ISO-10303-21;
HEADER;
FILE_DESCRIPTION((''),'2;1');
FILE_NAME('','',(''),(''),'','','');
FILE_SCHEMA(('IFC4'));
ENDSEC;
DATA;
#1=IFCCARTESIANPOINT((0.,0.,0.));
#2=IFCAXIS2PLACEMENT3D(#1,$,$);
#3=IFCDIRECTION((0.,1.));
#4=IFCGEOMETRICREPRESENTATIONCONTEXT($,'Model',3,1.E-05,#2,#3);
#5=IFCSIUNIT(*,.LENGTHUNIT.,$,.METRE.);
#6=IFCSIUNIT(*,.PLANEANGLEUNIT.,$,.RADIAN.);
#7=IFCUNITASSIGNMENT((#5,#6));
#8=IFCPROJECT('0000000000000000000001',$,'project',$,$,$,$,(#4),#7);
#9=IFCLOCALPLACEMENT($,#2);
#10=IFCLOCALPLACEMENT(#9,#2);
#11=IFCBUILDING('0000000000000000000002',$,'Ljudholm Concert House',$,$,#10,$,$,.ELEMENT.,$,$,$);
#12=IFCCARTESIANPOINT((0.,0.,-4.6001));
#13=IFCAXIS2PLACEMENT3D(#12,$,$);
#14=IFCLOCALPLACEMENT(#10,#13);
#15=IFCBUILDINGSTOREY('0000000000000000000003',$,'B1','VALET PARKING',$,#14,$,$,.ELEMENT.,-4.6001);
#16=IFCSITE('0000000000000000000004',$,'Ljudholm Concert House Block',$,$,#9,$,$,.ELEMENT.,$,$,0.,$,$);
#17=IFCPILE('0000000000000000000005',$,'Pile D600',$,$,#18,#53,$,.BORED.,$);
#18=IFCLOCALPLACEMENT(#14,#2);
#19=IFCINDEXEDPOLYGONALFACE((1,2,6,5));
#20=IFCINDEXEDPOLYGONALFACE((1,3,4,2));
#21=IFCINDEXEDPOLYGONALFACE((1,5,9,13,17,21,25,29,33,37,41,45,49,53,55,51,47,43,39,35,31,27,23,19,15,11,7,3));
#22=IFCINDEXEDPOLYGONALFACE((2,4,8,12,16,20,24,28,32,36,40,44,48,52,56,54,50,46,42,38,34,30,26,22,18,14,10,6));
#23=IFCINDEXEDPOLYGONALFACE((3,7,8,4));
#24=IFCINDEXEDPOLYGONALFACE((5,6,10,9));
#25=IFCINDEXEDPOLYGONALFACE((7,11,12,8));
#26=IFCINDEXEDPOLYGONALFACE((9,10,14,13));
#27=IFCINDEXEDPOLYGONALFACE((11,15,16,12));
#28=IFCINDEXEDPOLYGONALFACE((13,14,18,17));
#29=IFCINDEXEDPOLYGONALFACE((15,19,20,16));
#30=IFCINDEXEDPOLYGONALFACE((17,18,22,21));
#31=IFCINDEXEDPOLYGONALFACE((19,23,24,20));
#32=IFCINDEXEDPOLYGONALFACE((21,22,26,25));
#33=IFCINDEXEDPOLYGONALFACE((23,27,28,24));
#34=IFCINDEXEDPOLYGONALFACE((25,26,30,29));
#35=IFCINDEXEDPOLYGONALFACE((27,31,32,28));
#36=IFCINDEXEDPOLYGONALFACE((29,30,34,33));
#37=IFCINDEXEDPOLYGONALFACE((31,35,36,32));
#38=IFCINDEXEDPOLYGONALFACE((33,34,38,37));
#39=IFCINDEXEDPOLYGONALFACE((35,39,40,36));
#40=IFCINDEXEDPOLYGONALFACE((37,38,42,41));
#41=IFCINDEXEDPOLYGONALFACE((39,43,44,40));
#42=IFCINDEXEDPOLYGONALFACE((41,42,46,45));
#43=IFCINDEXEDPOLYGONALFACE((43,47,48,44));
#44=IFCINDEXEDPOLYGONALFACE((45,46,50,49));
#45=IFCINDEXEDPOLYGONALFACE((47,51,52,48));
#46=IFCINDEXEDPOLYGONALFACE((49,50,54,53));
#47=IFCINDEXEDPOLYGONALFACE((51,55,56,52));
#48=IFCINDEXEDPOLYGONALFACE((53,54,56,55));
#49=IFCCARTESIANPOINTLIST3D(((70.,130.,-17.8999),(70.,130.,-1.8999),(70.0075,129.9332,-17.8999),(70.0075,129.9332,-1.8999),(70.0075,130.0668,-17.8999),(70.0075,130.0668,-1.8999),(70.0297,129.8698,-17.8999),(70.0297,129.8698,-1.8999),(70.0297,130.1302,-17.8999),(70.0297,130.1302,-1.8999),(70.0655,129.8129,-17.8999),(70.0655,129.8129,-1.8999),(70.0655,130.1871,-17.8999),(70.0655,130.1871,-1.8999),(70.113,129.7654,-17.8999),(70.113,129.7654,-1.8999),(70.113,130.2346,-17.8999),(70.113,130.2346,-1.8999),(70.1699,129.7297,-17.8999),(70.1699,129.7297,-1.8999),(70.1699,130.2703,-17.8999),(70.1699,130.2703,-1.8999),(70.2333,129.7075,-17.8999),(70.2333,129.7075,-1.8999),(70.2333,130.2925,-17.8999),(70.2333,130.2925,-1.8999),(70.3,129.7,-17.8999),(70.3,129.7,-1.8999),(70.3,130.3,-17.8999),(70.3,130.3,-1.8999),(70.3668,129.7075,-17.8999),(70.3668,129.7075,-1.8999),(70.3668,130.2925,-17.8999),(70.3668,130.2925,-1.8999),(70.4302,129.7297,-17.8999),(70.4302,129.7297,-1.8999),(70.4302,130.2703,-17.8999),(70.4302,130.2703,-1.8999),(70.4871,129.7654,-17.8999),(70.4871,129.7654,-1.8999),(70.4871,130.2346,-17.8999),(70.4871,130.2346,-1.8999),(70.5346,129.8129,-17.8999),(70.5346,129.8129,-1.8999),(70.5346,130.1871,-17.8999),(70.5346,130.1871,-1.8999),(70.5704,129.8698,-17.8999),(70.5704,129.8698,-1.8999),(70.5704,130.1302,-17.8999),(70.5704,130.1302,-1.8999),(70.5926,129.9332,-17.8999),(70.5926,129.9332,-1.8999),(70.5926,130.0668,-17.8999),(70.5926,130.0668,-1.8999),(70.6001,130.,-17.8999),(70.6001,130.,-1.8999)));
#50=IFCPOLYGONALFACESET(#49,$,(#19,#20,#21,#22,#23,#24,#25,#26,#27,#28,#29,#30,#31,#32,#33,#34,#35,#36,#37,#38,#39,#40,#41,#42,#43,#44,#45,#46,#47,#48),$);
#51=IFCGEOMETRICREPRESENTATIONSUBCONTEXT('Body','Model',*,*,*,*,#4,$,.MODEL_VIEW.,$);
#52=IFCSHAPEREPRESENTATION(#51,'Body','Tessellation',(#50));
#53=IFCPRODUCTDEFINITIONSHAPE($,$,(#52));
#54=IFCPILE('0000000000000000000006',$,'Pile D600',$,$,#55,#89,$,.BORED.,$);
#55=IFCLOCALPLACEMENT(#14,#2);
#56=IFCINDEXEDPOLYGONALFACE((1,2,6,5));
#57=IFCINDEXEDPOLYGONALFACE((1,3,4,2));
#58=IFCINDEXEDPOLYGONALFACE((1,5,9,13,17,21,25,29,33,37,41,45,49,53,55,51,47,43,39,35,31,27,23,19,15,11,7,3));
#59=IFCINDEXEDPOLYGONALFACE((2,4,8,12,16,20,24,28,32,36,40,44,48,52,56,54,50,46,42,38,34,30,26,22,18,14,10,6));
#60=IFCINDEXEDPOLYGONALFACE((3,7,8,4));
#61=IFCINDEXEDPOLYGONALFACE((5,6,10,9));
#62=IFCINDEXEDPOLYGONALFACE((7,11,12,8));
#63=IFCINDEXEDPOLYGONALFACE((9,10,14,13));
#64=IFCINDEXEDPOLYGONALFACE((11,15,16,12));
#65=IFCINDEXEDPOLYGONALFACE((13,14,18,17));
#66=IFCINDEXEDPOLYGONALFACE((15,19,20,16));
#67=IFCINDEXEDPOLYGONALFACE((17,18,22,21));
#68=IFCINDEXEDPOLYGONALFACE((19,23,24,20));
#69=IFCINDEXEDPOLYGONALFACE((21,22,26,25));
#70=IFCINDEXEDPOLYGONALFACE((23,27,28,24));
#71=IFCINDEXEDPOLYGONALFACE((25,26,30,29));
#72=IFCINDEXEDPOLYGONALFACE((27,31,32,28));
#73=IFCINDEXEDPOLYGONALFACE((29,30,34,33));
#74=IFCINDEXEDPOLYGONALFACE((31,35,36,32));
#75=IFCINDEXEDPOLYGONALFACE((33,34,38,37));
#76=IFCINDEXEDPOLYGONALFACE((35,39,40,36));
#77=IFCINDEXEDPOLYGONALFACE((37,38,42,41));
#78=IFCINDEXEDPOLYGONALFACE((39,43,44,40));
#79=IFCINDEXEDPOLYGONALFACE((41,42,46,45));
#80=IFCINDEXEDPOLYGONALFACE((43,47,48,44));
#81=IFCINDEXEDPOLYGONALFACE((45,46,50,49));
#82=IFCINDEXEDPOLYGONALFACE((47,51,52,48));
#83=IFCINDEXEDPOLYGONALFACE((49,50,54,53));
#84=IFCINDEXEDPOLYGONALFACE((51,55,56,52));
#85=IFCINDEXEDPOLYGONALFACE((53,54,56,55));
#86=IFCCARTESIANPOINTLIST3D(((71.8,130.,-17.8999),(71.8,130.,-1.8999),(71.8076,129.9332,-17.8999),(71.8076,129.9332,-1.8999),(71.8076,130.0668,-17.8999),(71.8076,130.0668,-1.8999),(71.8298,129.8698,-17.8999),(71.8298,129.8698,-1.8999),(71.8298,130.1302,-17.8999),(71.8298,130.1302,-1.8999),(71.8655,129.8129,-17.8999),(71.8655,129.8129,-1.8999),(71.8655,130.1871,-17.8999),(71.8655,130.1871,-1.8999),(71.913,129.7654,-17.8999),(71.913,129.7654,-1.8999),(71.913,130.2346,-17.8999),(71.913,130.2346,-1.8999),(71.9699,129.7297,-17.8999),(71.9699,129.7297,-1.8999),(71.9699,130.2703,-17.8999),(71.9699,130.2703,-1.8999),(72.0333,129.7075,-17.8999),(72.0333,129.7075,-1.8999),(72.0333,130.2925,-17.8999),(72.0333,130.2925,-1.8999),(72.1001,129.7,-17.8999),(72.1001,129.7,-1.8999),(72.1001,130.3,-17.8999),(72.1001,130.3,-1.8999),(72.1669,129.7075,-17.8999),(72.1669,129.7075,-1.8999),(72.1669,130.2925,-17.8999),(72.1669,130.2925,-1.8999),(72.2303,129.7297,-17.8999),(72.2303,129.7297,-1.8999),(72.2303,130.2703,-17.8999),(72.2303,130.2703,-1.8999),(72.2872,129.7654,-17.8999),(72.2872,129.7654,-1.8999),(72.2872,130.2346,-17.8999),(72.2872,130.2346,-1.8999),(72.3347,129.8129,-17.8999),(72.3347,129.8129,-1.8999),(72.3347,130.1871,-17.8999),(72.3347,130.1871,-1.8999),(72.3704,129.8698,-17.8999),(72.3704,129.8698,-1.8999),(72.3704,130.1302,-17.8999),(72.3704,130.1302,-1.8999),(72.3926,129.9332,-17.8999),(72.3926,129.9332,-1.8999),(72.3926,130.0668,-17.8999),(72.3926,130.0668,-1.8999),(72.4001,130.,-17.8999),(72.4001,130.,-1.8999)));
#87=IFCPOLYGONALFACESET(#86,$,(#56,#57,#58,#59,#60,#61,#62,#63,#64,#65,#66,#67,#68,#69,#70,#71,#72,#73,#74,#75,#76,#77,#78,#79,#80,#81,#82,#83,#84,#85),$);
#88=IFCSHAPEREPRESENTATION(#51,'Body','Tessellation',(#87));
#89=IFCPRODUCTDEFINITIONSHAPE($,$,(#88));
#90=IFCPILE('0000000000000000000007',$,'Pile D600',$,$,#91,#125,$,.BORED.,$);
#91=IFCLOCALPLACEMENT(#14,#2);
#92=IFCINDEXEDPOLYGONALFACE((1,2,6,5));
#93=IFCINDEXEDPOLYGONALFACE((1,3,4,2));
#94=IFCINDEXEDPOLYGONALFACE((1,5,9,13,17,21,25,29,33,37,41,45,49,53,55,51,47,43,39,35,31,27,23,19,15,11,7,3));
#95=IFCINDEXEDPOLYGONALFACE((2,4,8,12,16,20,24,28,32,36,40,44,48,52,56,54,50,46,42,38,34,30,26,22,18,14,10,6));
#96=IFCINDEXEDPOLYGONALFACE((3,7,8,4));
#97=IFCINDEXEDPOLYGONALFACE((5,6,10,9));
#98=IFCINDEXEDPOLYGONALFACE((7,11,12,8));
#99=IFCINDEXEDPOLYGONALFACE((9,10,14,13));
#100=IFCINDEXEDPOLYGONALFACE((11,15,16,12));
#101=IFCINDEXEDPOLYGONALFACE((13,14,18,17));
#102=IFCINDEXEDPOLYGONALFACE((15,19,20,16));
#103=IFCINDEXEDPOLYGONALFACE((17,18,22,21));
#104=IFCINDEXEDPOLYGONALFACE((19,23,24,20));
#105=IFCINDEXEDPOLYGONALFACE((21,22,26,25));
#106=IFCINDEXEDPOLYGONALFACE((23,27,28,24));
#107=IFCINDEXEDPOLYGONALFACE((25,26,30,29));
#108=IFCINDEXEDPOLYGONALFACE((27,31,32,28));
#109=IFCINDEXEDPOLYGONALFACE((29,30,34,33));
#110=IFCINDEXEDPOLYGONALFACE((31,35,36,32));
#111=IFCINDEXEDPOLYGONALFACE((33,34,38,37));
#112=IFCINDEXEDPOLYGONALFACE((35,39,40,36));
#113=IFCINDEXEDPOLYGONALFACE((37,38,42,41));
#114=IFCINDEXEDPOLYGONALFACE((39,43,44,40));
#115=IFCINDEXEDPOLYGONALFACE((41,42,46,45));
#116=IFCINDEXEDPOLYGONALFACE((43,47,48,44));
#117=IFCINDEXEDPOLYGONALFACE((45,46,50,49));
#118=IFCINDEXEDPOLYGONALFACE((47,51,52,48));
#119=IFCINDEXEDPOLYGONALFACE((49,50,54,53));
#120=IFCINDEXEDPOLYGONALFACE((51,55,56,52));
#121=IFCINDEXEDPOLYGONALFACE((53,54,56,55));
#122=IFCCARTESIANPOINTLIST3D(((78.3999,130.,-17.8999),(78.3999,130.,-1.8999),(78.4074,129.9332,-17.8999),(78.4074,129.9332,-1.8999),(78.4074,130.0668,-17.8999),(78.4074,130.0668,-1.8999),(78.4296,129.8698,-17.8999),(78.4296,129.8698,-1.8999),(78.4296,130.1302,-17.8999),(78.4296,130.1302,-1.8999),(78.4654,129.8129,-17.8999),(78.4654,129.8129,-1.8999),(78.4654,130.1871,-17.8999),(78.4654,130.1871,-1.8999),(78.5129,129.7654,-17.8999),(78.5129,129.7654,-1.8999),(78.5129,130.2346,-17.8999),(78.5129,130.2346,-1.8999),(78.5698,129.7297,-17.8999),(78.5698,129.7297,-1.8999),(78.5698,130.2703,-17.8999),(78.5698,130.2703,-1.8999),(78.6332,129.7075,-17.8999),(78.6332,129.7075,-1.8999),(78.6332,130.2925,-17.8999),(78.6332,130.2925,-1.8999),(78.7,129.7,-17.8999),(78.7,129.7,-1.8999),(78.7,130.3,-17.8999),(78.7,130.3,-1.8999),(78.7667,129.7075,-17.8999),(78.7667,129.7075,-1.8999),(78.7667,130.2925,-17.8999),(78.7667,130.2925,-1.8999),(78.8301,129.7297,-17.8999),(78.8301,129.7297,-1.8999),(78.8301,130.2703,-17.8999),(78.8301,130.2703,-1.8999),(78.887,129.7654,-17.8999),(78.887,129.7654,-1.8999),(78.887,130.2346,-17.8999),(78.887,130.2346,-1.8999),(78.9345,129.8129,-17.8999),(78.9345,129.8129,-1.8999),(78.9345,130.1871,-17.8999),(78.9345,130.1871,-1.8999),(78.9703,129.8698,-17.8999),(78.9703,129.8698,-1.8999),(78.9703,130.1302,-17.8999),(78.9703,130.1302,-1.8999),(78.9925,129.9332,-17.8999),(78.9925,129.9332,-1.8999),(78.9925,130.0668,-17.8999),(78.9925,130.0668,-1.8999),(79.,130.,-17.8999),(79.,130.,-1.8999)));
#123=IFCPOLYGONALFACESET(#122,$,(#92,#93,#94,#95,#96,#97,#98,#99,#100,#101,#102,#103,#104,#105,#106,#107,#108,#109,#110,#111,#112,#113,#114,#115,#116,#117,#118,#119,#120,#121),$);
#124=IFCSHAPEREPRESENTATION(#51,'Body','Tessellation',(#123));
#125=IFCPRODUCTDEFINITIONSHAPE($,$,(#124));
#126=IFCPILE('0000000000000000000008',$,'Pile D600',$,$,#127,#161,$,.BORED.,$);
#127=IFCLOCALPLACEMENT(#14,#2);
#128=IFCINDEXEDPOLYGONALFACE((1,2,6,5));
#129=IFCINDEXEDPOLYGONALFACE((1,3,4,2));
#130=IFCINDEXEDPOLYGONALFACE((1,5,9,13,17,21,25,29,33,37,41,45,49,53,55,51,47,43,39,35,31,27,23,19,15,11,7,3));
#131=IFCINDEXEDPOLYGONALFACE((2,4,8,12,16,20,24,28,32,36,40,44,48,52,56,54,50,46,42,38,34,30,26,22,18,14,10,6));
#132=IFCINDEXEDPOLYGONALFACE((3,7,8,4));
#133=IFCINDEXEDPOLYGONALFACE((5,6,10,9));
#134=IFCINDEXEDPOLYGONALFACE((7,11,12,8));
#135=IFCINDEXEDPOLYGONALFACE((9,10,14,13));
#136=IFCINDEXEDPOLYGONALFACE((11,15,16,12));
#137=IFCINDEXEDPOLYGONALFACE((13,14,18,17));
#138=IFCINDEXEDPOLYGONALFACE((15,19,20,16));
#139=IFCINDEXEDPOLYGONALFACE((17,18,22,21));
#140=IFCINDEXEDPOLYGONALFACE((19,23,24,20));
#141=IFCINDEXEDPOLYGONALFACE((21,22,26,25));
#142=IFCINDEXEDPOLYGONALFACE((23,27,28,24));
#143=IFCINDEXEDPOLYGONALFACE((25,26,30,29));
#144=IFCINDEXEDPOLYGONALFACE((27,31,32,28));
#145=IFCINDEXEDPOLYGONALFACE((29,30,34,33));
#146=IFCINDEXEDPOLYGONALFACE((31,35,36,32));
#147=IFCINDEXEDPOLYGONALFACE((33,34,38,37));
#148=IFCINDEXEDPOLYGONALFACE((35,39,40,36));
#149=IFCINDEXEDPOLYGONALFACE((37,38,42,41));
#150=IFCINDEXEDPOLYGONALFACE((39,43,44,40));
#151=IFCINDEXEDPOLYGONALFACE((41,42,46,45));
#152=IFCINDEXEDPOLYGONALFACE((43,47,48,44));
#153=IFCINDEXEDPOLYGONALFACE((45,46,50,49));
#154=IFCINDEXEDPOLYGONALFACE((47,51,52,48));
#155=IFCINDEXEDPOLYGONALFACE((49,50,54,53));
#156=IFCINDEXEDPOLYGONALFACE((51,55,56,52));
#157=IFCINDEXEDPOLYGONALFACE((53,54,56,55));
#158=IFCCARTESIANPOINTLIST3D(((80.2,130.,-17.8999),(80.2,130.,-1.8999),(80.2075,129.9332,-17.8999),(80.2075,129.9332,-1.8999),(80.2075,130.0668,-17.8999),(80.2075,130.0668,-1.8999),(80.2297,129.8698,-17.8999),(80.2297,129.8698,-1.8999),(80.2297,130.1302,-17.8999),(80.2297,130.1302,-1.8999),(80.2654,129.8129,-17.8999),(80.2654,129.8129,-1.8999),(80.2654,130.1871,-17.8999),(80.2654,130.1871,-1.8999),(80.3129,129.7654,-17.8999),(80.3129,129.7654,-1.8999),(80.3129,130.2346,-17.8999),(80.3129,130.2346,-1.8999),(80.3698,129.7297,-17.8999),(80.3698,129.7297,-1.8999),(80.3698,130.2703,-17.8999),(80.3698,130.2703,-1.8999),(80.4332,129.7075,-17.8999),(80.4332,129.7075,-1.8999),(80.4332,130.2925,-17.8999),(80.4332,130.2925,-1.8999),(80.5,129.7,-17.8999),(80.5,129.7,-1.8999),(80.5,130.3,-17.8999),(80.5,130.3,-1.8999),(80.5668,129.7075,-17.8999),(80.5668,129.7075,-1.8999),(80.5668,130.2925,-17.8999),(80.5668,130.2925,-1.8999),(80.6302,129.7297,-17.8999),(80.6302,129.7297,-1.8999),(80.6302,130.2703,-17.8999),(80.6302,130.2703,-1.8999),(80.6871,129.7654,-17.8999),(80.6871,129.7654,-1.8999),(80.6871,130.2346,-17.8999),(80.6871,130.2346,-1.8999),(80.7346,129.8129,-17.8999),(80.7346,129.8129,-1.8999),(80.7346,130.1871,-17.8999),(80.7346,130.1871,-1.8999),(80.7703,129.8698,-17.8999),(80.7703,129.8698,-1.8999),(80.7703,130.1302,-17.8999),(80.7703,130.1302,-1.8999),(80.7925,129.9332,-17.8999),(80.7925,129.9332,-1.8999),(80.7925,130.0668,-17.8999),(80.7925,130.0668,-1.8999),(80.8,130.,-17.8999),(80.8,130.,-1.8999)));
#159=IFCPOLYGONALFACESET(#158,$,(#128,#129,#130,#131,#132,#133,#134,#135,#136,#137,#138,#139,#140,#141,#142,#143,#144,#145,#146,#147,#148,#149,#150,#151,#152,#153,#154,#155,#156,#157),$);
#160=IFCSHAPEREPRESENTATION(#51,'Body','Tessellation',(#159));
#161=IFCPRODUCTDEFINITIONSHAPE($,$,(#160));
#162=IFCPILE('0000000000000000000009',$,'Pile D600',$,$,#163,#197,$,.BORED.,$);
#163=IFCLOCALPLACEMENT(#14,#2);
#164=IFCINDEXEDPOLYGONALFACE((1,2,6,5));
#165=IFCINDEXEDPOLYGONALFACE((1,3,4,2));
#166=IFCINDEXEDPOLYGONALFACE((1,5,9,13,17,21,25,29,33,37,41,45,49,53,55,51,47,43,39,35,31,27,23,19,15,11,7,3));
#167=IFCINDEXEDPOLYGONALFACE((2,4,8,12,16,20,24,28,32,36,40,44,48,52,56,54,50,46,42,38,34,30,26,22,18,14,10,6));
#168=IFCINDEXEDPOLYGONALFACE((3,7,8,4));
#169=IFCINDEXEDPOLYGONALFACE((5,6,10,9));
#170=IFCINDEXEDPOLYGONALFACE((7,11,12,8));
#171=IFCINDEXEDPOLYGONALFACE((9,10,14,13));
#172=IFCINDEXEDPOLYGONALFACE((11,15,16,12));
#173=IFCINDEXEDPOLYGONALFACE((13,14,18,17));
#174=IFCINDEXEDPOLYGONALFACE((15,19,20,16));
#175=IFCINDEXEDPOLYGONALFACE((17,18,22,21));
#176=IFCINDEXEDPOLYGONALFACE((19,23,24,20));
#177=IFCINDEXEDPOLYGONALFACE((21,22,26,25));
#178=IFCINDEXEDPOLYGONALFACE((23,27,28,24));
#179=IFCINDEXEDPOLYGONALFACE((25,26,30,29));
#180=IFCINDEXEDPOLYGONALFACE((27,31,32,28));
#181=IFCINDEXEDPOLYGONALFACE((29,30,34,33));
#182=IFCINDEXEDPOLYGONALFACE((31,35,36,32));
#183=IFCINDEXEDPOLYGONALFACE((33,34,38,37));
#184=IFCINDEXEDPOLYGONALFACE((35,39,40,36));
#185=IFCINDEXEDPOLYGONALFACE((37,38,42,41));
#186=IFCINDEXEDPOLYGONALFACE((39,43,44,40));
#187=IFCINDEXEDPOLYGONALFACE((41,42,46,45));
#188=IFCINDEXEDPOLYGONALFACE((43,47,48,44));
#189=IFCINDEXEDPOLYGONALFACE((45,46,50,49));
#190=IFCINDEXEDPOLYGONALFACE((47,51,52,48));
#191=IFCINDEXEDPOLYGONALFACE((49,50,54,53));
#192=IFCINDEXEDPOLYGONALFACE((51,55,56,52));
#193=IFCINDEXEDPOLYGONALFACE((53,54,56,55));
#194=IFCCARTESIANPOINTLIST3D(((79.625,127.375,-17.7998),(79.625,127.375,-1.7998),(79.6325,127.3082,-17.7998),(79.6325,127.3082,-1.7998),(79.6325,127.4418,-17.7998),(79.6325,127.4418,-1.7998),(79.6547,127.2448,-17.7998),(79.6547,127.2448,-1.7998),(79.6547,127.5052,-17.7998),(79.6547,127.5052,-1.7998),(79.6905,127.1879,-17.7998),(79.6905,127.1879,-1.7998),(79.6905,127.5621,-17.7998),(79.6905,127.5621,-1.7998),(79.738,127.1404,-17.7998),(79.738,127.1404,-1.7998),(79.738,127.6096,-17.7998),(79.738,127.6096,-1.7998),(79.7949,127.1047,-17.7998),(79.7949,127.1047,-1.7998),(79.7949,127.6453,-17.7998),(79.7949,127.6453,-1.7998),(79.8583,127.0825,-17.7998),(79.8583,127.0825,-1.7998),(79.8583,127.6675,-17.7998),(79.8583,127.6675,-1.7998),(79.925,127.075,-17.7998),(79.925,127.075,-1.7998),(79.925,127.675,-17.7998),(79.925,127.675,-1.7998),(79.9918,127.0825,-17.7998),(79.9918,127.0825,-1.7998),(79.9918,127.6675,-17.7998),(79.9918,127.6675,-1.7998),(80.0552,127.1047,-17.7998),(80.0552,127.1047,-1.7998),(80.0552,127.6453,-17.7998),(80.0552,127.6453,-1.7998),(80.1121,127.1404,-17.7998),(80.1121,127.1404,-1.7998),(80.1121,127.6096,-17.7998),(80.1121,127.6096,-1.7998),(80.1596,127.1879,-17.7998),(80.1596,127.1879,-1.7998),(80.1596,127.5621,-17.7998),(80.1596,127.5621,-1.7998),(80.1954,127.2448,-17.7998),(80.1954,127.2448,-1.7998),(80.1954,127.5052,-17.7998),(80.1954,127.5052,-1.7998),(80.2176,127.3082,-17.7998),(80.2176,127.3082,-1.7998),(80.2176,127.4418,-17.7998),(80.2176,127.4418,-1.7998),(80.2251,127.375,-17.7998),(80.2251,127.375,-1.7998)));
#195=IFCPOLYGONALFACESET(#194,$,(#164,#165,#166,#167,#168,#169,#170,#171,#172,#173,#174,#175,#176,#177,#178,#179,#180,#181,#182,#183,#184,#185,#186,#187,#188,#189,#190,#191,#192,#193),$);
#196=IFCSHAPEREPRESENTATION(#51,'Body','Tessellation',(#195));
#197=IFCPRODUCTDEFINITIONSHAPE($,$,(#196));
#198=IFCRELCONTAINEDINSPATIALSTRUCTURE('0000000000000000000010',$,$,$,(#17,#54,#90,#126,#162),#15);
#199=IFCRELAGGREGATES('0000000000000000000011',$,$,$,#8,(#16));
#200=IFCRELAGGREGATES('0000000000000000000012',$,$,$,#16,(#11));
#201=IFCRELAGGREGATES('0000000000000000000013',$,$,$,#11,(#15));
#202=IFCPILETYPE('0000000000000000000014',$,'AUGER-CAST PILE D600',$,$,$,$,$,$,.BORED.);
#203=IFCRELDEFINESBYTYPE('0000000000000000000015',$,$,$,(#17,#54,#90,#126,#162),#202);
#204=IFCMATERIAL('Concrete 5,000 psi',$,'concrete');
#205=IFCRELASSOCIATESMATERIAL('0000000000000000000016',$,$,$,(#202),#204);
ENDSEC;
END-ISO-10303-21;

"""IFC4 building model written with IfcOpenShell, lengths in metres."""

from ifc_helpers import new_model, si_unit, direction, frame, origin, origin_2d, place, context, subcontext, project, spatial, circle, extrude, material, material_profile, profile_set, type_object, element, save


model = new_model("IFC4")

# Units and contexts
model_context = context("Model", 3, precision=1e-05, world=origin(), true_north=direction((0.0, 1.0)))
body_context = subcontext(model_context, "Body", "Model", "MODEL_VIEW")
ifc_project = project(units=[si_unit("LENGTHUNIT", "METRE"), si_unit("PLANEANGLEUNIT", "RADIAN")], contexts=[model_context])

# Site, building, storey
site_placement = place(None, origin())
site = spatial("IfcSite", under=ifc_project, at=site_placement, Name="Ljudholm Concert House Block", CompositionType="ELEMENT", RefElevation=0.0)
building_placement = place(site_placement, origin())
building = spatial("IfcBuilding", under=site, at=building_placement, Name="Ljudholm Concert House", CompositionType="ELEMENT")
storey_placement = place(building_placement, frame((0.0, 0.0, -4.6001)))
storey = spatial("IfcBuildingStorey", under=building, at=storey_placement, Name="B1", Description="VALET PARKING", CompositionType="ELEMENT", Elevation=-4.6001)

# Piles
ifc_material_1 = material(Name="Concrete 5,000 psi", Category="concrete")
ifc_material_profile_1 = material_profile(ifc_material_1, circle(Radius=0.3, at=origin_2d()), Name="AUGER-CAST PILE D600")
ifc_profile_set_1 = profile_set([ifc_material_profile_1], Name="Concrete 5,000 psi")
pile_type = type_object("IfcPileType", Name="AUGER-CAST PILE D600", PredefinedType="BORED", material=ifc_profile_set_1)
for number, where, z_axis, x_axis, name in (
    (1, (70.3, 130.0, -1.8999), (0.0, 0.0, -1.0), (1.0, 0.0, 0.0), "Pile D600"),
    (2, (72.1001, 130.0, -1.8999), (0.0, 0.0, -1.0), (1.0, 0.0, 0.0), "Pile D600"),
    (3, (78.7, 130.0, -1.8999), (0.0, 0.0, -1.0), (1.0, 0.0, 0.0), "Pile D600"),
    (4, (80.5, 130.0, -1.8999), (0.0, 0.0, -1.0), (1.0, 0.0, 0.0), "Pile D600"),
    (5, (79.925, 127.375, -1.7998), (0.0, 0.0, -1.0), (1.0, 0.0, 0.0), "Pile D600"),
):
    element("IfcPile", number, at=place(storey_placement, frame(where, z_axis=z_axis, x_axis=x_axis)), inside=storey, type_object=pile_type, Name=name, PredefinedType="BORED", context=body_context, shape_type="SweptSolid", body=[
        extrude(circle(Radius=0.3, at=origin_2d()), origin(), (0.0, 0.0, 1.0), 16.0),
    ])

save(model, "model.ifc")
